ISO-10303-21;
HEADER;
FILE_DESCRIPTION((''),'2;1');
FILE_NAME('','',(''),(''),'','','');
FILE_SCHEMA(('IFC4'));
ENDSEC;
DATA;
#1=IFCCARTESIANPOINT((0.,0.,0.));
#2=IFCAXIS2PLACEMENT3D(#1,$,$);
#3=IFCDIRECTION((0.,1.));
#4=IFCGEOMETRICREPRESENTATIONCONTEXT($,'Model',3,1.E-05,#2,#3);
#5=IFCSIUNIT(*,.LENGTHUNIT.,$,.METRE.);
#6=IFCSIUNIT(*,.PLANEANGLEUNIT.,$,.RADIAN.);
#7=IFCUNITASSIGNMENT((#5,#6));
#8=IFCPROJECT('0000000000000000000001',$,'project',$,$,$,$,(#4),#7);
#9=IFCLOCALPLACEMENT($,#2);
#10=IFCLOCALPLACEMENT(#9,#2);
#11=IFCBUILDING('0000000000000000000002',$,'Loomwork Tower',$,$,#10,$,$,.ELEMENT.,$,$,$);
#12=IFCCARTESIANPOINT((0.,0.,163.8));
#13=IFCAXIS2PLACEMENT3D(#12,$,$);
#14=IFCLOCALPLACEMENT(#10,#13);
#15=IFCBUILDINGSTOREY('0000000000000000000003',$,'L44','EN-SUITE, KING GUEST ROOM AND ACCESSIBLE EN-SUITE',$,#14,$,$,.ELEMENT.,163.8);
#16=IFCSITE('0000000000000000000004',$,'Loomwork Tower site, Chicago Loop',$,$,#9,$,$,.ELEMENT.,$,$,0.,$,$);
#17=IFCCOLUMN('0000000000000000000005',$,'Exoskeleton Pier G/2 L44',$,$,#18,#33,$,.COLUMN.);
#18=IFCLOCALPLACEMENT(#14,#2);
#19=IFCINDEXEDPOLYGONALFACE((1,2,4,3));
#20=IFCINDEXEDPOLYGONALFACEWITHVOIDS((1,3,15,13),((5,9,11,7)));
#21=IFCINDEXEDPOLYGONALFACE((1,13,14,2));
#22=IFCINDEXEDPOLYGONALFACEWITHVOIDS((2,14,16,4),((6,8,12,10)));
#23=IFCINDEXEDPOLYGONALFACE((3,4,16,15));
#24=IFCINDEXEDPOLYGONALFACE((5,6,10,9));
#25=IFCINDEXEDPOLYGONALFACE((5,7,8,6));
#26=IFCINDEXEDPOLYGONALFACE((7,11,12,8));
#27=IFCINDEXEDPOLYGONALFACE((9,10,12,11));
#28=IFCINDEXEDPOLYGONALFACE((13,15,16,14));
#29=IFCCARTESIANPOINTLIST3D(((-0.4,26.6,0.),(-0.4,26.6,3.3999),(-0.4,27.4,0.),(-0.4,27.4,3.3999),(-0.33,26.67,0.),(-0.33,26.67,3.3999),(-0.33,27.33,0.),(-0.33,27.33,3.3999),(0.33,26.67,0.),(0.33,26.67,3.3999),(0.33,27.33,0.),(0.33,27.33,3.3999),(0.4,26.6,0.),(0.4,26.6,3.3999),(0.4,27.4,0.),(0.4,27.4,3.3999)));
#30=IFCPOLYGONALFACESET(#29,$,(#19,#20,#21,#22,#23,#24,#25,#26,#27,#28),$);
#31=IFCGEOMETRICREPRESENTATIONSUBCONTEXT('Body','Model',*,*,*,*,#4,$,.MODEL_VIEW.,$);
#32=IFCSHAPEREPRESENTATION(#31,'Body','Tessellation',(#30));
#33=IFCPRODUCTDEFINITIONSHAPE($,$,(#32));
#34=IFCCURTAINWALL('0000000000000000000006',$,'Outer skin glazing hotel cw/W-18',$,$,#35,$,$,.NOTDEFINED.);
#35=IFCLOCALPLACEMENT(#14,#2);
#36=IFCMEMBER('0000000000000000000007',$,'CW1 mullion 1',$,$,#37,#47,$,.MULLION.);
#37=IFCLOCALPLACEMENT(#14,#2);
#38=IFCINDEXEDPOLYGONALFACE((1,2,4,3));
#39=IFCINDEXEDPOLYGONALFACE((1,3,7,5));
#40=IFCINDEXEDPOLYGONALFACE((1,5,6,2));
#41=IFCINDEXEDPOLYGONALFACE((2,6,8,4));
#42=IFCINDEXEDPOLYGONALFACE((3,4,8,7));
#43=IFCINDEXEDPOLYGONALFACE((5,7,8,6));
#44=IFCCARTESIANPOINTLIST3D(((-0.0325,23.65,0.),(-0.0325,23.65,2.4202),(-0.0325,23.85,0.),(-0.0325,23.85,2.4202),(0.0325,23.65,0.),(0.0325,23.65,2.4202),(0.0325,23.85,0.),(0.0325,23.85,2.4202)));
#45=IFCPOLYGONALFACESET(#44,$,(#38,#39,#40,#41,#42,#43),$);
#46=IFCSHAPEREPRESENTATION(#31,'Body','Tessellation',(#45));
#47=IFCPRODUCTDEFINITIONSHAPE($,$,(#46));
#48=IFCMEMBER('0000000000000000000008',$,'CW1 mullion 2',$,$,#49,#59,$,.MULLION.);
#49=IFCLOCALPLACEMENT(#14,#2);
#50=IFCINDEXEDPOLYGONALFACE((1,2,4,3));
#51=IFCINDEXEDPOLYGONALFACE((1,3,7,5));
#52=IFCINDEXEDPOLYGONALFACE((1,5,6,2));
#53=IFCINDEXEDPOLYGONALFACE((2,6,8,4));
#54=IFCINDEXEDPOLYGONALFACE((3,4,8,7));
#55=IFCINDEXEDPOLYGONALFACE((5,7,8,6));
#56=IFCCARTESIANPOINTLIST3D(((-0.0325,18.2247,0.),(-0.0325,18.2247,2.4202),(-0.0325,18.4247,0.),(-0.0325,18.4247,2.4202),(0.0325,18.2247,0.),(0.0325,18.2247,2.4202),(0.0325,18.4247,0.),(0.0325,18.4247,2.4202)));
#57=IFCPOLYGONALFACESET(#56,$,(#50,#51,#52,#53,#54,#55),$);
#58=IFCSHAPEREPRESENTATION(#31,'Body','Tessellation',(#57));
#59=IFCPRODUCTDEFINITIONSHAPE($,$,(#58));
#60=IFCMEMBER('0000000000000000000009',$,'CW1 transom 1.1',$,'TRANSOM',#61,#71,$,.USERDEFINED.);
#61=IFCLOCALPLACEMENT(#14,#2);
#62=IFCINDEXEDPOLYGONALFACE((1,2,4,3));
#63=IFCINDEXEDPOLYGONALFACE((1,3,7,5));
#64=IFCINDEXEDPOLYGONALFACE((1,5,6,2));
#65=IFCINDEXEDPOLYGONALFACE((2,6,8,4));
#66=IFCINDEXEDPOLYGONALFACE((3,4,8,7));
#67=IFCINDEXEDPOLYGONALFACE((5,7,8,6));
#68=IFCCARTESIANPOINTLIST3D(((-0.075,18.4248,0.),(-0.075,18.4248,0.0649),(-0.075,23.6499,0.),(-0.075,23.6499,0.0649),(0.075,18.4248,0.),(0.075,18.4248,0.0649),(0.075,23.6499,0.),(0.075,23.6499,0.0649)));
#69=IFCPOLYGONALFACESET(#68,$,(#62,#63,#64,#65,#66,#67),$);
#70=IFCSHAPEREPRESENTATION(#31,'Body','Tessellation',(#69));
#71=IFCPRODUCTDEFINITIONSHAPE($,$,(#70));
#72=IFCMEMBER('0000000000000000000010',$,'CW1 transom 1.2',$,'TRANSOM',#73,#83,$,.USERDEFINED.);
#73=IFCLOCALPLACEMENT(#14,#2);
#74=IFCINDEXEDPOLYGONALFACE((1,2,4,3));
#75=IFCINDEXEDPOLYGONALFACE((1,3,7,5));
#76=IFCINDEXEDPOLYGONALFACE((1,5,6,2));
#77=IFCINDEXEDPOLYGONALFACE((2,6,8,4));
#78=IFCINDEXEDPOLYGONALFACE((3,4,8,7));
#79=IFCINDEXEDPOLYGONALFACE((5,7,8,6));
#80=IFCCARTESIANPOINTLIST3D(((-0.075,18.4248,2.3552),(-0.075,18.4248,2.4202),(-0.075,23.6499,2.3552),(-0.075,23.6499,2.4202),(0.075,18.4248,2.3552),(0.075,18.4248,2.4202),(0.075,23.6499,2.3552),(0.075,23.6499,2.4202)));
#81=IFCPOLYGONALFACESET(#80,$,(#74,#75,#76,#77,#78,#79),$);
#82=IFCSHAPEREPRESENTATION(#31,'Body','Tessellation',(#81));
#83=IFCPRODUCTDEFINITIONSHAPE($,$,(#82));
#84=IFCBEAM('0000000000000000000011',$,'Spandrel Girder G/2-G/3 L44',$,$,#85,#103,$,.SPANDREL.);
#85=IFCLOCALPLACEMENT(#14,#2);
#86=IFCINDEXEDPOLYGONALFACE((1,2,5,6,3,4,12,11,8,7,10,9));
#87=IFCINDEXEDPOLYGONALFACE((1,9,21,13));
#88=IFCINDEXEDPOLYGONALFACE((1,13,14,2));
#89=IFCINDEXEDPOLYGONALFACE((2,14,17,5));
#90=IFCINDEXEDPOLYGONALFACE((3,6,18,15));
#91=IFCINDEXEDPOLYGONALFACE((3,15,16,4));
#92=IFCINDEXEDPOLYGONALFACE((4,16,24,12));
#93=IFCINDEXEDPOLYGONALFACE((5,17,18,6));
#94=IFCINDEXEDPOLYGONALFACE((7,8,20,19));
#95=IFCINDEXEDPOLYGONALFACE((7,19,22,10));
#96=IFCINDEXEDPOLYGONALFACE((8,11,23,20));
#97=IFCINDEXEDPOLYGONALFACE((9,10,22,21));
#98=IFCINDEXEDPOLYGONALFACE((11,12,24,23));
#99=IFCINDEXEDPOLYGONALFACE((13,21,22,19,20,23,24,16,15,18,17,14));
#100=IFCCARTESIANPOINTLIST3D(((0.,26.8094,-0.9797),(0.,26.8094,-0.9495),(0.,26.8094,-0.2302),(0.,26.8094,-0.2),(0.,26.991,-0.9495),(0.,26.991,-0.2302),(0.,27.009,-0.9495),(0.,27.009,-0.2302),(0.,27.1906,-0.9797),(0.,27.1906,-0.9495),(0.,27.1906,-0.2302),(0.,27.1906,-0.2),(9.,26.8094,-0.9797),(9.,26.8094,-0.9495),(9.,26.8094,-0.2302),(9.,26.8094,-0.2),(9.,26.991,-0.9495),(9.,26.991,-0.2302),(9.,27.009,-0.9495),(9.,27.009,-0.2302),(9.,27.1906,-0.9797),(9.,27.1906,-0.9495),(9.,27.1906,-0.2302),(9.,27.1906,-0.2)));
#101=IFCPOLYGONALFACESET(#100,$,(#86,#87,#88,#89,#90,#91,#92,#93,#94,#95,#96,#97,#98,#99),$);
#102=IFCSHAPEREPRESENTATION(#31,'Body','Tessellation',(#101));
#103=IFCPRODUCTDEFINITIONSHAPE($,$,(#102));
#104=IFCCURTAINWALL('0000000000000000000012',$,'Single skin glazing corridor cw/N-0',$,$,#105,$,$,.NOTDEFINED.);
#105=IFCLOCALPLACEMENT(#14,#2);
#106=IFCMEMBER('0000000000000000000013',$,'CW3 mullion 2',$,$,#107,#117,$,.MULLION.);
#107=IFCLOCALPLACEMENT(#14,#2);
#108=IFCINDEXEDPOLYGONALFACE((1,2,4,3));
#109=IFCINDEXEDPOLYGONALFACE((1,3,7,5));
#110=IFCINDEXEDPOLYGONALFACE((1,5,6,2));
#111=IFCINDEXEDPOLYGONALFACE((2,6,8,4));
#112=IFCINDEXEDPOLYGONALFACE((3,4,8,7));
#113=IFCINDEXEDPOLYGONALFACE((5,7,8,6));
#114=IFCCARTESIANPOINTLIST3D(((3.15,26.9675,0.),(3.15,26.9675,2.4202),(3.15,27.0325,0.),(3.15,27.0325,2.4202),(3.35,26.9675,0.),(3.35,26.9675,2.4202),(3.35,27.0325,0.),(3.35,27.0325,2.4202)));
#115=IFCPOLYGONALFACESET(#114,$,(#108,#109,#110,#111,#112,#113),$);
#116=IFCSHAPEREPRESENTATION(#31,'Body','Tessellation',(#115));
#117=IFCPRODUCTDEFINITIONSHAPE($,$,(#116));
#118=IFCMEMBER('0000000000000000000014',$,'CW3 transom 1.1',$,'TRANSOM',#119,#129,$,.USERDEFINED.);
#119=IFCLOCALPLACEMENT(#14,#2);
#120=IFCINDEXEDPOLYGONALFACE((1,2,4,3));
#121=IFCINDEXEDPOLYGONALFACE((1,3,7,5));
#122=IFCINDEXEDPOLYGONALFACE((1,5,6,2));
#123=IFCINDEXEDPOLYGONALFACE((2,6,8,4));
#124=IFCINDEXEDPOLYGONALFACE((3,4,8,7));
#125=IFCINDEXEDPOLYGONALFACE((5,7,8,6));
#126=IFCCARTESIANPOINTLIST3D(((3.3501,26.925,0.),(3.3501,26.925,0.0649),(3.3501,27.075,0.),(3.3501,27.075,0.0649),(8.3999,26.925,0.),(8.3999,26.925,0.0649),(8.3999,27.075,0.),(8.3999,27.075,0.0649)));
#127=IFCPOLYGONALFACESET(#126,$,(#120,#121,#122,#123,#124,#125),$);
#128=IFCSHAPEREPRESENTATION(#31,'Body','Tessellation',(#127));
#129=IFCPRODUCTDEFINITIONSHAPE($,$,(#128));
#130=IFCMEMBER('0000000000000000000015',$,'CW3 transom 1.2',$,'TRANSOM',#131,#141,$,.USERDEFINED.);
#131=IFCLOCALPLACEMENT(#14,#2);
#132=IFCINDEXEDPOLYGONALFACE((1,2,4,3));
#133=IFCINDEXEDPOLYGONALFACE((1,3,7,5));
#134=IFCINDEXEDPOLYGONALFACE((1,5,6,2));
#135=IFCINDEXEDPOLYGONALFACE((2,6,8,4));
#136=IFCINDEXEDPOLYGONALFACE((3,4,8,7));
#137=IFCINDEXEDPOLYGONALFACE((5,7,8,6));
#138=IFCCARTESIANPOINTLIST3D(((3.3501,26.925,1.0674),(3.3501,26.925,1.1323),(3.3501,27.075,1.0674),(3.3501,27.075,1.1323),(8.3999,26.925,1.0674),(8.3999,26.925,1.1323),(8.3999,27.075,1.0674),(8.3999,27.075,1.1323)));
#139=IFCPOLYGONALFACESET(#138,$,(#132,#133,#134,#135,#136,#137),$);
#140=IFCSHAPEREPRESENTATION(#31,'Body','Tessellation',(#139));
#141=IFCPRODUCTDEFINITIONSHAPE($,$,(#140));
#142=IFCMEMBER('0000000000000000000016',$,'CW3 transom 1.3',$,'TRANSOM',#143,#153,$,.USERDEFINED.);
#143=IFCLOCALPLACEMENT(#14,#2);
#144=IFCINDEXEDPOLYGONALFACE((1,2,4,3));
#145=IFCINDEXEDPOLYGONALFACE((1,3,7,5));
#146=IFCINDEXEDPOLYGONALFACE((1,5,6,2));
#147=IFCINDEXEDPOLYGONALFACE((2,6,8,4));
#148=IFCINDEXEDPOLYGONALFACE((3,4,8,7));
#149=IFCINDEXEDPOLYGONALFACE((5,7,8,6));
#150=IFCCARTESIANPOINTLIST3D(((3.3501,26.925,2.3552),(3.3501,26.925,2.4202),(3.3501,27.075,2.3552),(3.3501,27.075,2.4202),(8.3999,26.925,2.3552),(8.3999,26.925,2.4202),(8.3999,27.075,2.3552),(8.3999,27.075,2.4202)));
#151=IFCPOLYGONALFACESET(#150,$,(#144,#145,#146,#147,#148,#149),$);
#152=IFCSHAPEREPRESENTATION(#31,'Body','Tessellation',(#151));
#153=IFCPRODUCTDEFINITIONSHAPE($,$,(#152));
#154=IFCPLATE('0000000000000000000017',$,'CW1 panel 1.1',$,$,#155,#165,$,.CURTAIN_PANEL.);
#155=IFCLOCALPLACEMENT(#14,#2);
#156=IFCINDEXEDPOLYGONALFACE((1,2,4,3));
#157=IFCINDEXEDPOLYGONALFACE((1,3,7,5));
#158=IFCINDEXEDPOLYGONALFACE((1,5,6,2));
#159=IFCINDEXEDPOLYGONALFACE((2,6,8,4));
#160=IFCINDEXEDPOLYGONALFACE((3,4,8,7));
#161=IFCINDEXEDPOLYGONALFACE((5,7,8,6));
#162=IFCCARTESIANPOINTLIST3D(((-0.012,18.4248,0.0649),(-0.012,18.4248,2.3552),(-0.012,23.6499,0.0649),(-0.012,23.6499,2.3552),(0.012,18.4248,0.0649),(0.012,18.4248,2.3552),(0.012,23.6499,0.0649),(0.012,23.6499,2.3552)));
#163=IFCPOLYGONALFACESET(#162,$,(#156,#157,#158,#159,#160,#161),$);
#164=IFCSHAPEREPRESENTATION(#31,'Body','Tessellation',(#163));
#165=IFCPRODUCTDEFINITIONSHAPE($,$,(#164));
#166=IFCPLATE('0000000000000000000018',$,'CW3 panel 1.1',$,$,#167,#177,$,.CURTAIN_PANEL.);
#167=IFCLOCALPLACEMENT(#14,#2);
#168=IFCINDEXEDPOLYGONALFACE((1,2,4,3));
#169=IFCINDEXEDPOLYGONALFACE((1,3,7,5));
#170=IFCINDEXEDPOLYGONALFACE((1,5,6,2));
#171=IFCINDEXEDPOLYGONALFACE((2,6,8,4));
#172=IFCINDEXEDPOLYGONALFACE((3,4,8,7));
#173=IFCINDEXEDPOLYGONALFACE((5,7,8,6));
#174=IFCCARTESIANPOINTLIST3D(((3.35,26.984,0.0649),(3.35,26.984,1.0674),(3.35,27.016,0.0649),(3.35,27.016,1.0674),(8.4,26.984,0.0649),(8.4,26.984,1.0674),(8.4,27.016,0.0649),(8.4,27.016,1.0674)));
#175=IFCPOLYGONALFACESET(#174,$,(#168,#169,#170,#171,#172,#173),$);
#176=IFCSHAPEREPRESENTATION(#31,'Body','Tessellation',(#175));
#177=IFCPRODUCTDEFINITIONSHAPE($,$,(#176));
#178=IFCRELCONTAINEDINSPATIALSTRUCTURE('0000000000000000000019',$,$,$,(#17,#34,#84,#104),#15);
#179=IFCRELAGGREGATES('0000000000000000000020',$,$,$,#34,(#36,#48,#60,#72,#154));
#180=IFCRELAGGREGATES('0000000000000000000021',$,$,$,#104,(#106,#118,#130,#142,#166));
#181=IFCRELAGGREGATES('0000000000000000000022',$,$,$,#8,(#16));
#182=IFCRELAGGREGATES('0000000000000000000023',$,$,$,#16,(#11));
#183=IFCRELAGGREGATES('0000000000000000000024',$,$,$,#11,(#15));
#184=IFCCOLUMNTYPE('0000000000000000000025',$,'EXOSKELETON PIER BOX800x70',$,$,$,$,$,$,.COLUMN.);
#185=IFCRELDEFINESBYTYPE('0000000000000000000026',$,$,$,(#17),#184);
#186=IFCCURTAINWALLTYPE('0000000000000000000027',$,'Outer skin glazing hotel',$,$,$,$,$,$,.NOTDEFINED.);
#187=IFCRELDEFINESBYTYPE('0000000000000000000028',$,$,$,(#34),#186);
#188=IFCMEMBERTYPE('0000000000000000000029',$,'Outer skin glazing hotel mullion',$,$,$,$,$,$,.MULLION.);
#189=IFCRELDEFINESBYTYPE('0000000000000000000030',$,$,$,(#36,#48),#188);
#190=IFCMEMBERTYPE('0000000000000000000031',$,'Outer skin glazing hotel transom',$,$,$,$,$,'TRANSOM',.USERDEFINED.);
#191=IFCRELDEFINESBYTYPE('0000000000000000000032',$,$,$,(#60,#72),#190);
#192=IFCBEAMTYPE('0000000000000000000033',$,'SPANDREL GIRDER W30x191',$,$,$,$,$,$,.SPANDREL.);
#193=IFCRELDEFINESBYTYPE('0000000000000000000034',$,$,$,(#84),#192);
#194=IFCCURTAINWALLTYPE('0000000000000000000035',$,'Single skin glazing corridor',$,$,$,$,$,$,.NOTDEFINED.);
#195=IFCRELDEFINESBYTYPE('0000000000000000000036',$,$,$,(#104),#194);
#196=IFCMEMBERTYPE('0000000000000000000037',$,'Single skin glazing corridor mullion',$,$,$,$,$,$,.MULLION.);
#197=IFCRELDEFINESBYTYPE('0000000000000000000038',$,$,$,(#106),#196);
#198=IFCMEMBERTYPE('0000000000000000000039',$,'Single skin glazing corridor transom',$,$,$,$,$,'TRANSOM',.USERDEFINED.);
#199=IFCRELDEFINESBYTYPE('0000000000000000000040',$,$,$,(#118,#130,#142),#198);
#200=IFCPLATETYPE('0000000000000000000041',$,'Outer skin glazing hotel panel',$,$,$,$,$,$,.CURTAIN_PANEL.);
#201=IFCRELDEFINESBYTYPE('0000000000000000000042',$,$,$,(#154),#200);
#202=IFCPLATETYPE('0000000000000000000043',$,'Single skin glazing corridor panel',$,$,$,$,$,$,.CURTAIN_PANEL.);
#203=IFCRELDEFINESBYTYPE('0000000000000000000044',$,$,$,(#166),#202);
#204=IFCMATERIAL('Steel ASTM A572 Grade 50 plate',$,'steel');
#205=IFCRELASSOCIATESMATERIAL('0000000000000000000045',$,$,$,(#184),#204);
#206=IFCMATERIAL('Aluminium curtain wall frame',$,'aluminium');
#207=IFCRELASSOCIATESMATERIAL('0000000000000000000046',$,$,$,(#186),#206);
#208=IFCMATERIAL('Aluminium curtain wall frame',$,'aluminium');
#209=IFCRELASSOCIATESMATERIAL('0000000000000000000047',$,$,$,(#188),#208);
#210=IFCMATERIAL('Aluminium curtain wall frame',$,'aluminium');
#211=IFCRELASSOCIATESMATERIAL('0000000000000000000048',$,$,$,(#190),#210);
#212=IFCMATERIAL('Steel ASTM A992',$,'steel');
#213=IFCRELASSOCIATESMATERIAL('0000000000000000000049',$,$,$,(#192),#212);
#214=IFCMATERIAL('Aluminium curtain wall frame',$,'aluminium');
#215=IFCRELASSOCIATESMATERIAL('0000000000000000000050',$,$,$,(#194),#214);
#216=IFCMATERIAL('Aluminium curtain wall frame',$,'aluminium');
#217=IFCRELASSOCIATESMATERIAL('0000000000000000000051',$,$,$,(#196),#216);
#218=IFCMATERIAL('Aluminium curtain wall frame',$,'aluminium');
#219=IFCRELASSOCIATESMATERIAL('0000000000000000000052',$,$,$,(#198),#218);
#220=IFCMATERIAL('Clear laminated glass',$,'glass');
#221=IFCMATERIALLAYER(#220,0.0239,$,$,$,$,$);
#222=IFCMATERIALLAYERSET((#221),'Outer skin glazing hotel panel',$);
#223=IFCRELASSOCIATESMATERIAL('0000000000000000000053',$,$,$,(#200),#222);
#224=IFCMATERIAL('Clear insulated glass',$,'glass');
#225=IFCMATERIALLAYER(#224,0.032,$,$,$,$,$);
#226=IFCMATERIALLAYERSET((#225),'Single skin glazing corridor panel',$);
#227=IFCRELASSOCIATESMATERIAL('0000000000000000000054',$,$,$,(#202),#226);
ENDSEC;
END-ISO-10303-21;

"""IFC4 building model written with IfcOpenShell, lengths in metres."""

from ifc_helpers import new_model, si_unit, direction, frame, origin, origin_2d, place, context, subcontext, project, spatial, rectangle, hollow_rectangle, i_section, extrude, material, layer, layer_set, material_profile, profile_set, type_object, element, aggregate, save


model = new_model("IFC4")

# Units and contexts
model_context = context("Model", 3, precision=1e-05, world=origin(), true_north=direction((0.0, 1.0)))
body_context = subcontext(model_context, "Body", "Model", "MODEL_VIEW")
ifc_project = project(units=[si_unit("LENGTHUNIT", "METRE"), si_unit("PLANEANGLEUNIT", "RADIAN")], contexts=[model_context])

# Site, building, storey
site_placement = place(None, origin())
site = spatial("IfcSite", under=ifc_project, at=site_placement, Name="Loomwork Tower site, Chicago Loop", CompositionType="ELEMENT", RefElevation=0.0)
building_placement = place(site_placement, origin())
building = spatial("IfcBuilding", under=site, at=building_placement, Name="Loomwork Tower", CompositionType="ELEMENT")
storey_placement = place(building_placement, frame((0.0, 0.0, 163.8)))
storey = spatial("IfcBuildingStorey", under=building, at=storey_placement, Name="L44", Description="EN-SUITE, KING GUEST ROOM AND ACCESSIBLE EN-SUITE", CompositionType="ELEMENT", Elevation=163.8)

# Column
ifc_material_1 = material(Name="Steel ASTM A572 Grade 50 plate", Category="steel")
ifc_material_profile_1 = material_profile(ifc_material_1, hollow_rectangle(XDim=0.8, YDim=0.8, WallThickness=0.0701, at=origin_2d()), Name="BOX800x70")
ifc_profile_set_1 = profile_set([ifc_material_profile_1], Name="Steel ASTM A572 Grade 50 plate")
column_type = type_object("IfcColumnType", Name="EXOSKELETON PIER BOX800x70", PredefinedType="COLUMN", material=ifc_profile_set_1)
column_placement = place(storey_placement, frame((0.0, 27.0, 0.0), z_axis=(0.0, 0.0, 1.0), x_axis=(0.0, 1.0, 0.0)))
element("IfcColumn", 1, at=column_placement, inside=storey, type_object=column_type, Name="Exoskeleton Pier G/2 L44", PredefinedType="COLUMN", context=body_context, shape_type="SweptSolid", body=[
    extrude(hollow_rectangle(XDim=0.8, YDim=0.8, WallThickness=0.0701, at=origin_2d()), origin(), (0.0, 0.0, 1.0), 3.3999),
])

# Curtain wall, members
ifc_material_2 = material(Name="Aluminium curtain wall frame", Category="aluminium")
curtain_wall_type_1 = type_object("IfcCurtainWallType", Name="Outer skin glazing hotel", PredefinedType="NOTDEFINED", material=ifc_material_2)
curtain_wall_1_placement = place(storey_placement, origin())
curtain_wall_1 = element("IfcCurtainWall", 2, at=curtain_wall_1_placement, inside=storey, type_object=curtain_wall_type_1, Name="Outer skin glazing hotel cw/W-18", PredefinedType="NOTDEFINED")
ifc_material_3 = material(Name="Aluminium curtain wall frame", Category="aluminium")
ifc_material_profile_2 = material_profile(ifc_material_3, rectangle(XDim=0.0649, YDim=0.2, at=origin_2d()), Name="AL 65x200")
ifc_profile_set_2 = profile_set([ifc_material_profile_2], Name="Aluminium curtain wall frame")
member_type_1 = type_object("IfcMemberType", Name="Outer skin glazing hotel mullion", PredefinedType="MULLION", material=ifc_profile_set_2)
member_1_placement = place(storey_placement, frame((0.0, 23.75, 0.0), z_axis=(0.0, 0.0, 1.0), x_axis=(1.0, 0.0, 0.0)))
member_1 = element("IfcMember", 3, at=member_1_placement, type_object=member_type_1, Name="CW1 mullion 1", PredefinedType="MULLION", context=body_context, shape_type="SweptSolid", body=[
    extrude(rectangle(XDim=0.0649, YDim=0.2, at=origin_2d()), origin(), (0.0, 0.0, 1.0), 2.4202),
])
member_2_placement = place(storey_placement, frame((0.0, 18.3247, 0.0), z_axis=(0.0, 0.0, 1.0), x_axis=(1.0, 0.0, 0.0)))
member_2 = element("IfcMember", 4, at=member_2_placement, type_object=member_type_1, Name="CW1 mullion 2", PredefinedType="MULLION", context=body_context, shape_type="SweptSolid", body=[
    extrude(rectangle(XDim=0.0649, YDim=0.2, at=origin_2d()), origin(), (0.0, 0.0, 1.0), 2.4202),
])
ifc_material_4 = material(Name="Aluminium curtain wall frame", Category="aluminium")
ifc_material_profile_3 = material_profile(ifc_material_4, rectangle(XDim=0.1499, YDim=0.0649, at=origin_2d()), Name="AL 65x150")
ifc_profile_set_3 = profile_set([ifc_material_profile_3], Name="Aluminium curtain wall frame")
member_type_2 = type_object("IfcMemberType", Name="Outer skin glazing hotel transom", ElementType="TRANSOM", PredefinedType="USERDEFINED", material=ifc_profile_set_3)
member_3_placement = place(storey_placement, frame((0.0, 23.6499, 0.0325), z_axis=(0.0, -1.0, 0.0), x_axis=(1.0, 0.0, 0.0)))
member_3 = element("IfcMember", 5, at=member_3_placement, type_object=member_type_2, Name="CW1 transom 1.1", ObjectType="TRANSOM", PredefinedType="USERDEFINED", context=body_context, shape_type="SweptSolid", body=[
    extrude(rectangle(XDim=0.1499, YDim=0.0649, at=origin_2d()), origin(), (0.0, 0.0, 1.0), 5.2251),
])
member_4_placement = place(storey_placement, frame((0.0, 23.6499, 2.3877), z_axis=(0.0, -1.0, 0.0), x_axis=(1.0, 0.0, 0.0)))
member_4 = element("IfcMember", 6, at=member_4_placement, type_object=member_type_2, Name="CW1 transom 1.2", ObjectType="TRANSOM", PredefinedType="USERDEFINED", context=body_context, shape_type="SweptSolid", body=[
    extrude(rectangle(XDim=0.1499, YDim=0.0649, at=origin_2d()), origin(), (0.0, 0.0, 1.0), 5.2251),
])

# Beam
ifc_material_5 = material(Name="Steel ASTM A992", Category="steel")
ifc_material_profile_4 = material_profile(ifc_material_5, i_section(OverallWidth=0.3811, OverallDepth=0.7798, WebThickness=0.0181, FlangeThickness=0.0303, at=origin_2d()), Name="W30x191")
ifc_profile_set_4 = profile_set([ifc_material_profile_4], Name="Steel ASTM A992")
beam_type = type_object("IfcBeamType", Name="SPANDREL GIRDER W30x191", PredefinedType="SPANDREL", material=ifc_profile_set_4)
beam_placement = place(storey_placement, frame((0.0, 27.0, -0.5898), z_axis=(1.0, 0.0, 0.0), x_axis=(0.0, 1.0, 0.0)))
element("IfcBeam", 7, at=beam_placement, inside=storey, type_object=beam_type, Name="Spandrel Girder G/2-G/3 L44", PredefinedType="SPANDREL", context=body_context, shape_type="SweptSolid", body=[
    extrude(i_section(OverallWidth=0.3811, OverallDepth=0.7798, WebThickness=0.0181, FlangeThickness=0.0303, at=origin_2d()), origin(), (0.0, 0.0, 1.0), 9.0),
])

# Curtain wall, members
ifc_material_6 = material(Name="Aluminium curtain wall frame", Category="aluminium")
curtain_wall_type_2 = type_object("IfcCurtainWallType", Name="Single skin glazing corridor", PredefinedType="NOTDEFINED", material=ifc_material_6)
curtain_wall_2_placement = place(storey_placement, origin())
curtain_wall_2 = element("IfcCurtainWall", 8, at=curtain_wall_2_placement, inside=storey, type_object=curtain_wall_type_2, Name="Single skin glazing corridor cw/N-0", PredefinedType="NOTDEFINED")
ifc_material_7 = material(Name="Aluminium curtain wall frame", Category="aluminium")
ifc_material_profile_5 = material_profile(ifc_material_7, rectangle(XDim=0.0649, YDim=0.2, at=origin_2d()), Name="AL 65x200")
ifc_profile_set_5 = profile_set([ifc_material_profile_5], Name="Aluminium curtain wall frame")
member_type_3 = type_object("IfcMemberType", Name="Single skin glazing corridor mullion", PredefinedType="MULLION", material=ifc_profile_set_5)
member_5_placement = place(storey_placement, frame((3.25, 27.0, 0.0), z_axis=(0.0, 0.0, 1.0), x_axis=(0.0, -1.0, 0.0)))
member_5 = element("IfcMember", 9, at=member_5_placement, type_object=member_type_3, Name="CW3 mullion 2", PredefinedType="MULLION", context=body_context, shape_type="SweptSolid", body=[
    extrude(rectangle(XDim=0.0649, YDim=0.2, at=origin_2d()), origin(), (0.0, 0.0, 1.0), 2.4202),
])
ifc_material_8 = material(Name="Aluminium curtain wall frame", Category="aluminium")
ifc_material_profile_6 = material_profile(ifc_material_8, rectangle(XDim=0.1499, YDim=0.0649, at=origin_2d()), Name="AL 65x150")
ifc_profile_set_6 = profile_set([ifc_material_profile_6], Name="Aluminium curtain wall frame")
member_type_4 = type_object("IfcMemberType", Name="Single skin glazing corridor transom", ElementType="TRANSOM", PredefinedType="USERDEFINED", material=ifc_profile_set_6)
member_6_placement = place(storey_placement, frame((8.3999, 27.0, 0.0325), z_axis=(-1.0, 0.0, 0.0), x_axis=(0.0, -1.0, 0.0)))
member_6 = element("IfcMember", 10, at=member_6_placement, type_object=member_type_4, Name="CW3 transom 1.1", ObjectType="TRANSOM", PredefinedType="USERDEFINED", context=body_context, shape_type="SweptSolid", body=[
    extrude(rectangle(XDim=0.1499, YDim=0.0649, at=origin_2d()), origin(), (0.0, 0.0, 1.0), 5.0498),
])
member_7_placement = place(storey_placement, frame((8.3999, 27.0, 1.0999), z_axis=(-1.0, 0.0, 0.0), x_axis=(0.0, -1.0, 0.0)))
member_7 = element("IfcMember", 11, at=member_7_placement, type_object=member_type_4, Name="CW3 transom 1.2", ObjectType="TRANSOM", PredefinedType="USERDEFINED", context=body_context, shape_type="SweptSolid", body=[
    extrude(rectangle(XDim=0.1499, YDim=0.0649, at=origin_2d()), origin(), (0.0, 0.0, 1.0), 5.0498),
])
member_8_placement = place(storey_placement, frame((8.3999, 27.0, 2.3877), z_axis=(-1.0, 0.0, 0.0), x_axis=(0.0, -1.0, 0.0)))
member_8 = element("IfcMember", 12, at=member_8_placement, type_object=member_type_4, Name="CW3 transom 1.3", ObjectType="TRANSOM", PredefinedType="USERDEFINED", context=body_context, shape_type="SweptSolid", body=[
    extrude(rectangle(XDim=0.1499, YDim=0.0649, at=origin_2d()), origin(), (0.0, 0.0, 1.0), 5.0498),
])

# Plates
ifc_material_9 = material(Name="Clear laminated glass", Category="glass")
ifc_layer_1 = layer(ifc_material_9, 0.0239)
ifc_layer_set_1 = layer_set([ifc_layer_1], Name="Outer skin glazing hotel panel")
plate_type_1 = type_object("IfcPlateType", Name="Outer skin glazing hotel panel", PredefinedType="CURTAIN_PANEL", material=ifc_layer_set_1)
plate_1_placement = place(storey_placement, frame((0.0, 21.0374, 0.0649), z_axis=(0.0, 0.0, 1.0), x_axis=(0.0, -1.0, 0.0)))
plate_1 = element("IfcPlate", 13, at=plate_1_placement, type_object=plate_type_1, Name="CW1 panel 1.1", PredefinedType="CURTAIN_PANEL", context=body_context, shape_type="SweptSolid", body=[
    extrude(rectangle(XDim=5.2251, YDim=0.0239, at=origin_2d()), origin(), (0.0, 0.0, 1.0), 2.2903),
])
aggregate(curtain_wall_1, [member_1, member_2, member_3, member_4, plate_1])
ifc_material_10 = material(Name="Clear insulated glass", Category="glass")
ifc_layer_2 = layer(ifc_material_10, 0.032)
ifc_layer_set_2 = layer_set([ifc_layer_2], Name="Single skin glazing corridor panel")
plate_type_2 = type_object("IfcPlateType", Name="Single skin glazing corridor panel", PredefinedType="CURTAIN_PANEL", material=ifc_layer_set_2)
plate_2_placement = place(storey_placement, frame((5.875, 27.0, 0.0649), z_axis=(0.0, 0.0, 1.0), x_axis=(-1.0, 0.0, 0.0)))
plate_2 = element("IfcPlate", 14, at=plate_2_placement, type_object=plate_type_2, Name="CW3 panel 1.1", PredefinedType="CURTAIN_PANEL", context=body_context, shape_type="SweptSolid", body=[
    extrude(rectangle(XDim=5.05, YDim=0.032, at=origin_2d()), origin(), (0.0, 0.0, 1.0), 1.0024),
])
aggregate(curtain_wall_2, [member_5, member_6, member_7, member_8, plate_2])

save(model, "model.ifc")
